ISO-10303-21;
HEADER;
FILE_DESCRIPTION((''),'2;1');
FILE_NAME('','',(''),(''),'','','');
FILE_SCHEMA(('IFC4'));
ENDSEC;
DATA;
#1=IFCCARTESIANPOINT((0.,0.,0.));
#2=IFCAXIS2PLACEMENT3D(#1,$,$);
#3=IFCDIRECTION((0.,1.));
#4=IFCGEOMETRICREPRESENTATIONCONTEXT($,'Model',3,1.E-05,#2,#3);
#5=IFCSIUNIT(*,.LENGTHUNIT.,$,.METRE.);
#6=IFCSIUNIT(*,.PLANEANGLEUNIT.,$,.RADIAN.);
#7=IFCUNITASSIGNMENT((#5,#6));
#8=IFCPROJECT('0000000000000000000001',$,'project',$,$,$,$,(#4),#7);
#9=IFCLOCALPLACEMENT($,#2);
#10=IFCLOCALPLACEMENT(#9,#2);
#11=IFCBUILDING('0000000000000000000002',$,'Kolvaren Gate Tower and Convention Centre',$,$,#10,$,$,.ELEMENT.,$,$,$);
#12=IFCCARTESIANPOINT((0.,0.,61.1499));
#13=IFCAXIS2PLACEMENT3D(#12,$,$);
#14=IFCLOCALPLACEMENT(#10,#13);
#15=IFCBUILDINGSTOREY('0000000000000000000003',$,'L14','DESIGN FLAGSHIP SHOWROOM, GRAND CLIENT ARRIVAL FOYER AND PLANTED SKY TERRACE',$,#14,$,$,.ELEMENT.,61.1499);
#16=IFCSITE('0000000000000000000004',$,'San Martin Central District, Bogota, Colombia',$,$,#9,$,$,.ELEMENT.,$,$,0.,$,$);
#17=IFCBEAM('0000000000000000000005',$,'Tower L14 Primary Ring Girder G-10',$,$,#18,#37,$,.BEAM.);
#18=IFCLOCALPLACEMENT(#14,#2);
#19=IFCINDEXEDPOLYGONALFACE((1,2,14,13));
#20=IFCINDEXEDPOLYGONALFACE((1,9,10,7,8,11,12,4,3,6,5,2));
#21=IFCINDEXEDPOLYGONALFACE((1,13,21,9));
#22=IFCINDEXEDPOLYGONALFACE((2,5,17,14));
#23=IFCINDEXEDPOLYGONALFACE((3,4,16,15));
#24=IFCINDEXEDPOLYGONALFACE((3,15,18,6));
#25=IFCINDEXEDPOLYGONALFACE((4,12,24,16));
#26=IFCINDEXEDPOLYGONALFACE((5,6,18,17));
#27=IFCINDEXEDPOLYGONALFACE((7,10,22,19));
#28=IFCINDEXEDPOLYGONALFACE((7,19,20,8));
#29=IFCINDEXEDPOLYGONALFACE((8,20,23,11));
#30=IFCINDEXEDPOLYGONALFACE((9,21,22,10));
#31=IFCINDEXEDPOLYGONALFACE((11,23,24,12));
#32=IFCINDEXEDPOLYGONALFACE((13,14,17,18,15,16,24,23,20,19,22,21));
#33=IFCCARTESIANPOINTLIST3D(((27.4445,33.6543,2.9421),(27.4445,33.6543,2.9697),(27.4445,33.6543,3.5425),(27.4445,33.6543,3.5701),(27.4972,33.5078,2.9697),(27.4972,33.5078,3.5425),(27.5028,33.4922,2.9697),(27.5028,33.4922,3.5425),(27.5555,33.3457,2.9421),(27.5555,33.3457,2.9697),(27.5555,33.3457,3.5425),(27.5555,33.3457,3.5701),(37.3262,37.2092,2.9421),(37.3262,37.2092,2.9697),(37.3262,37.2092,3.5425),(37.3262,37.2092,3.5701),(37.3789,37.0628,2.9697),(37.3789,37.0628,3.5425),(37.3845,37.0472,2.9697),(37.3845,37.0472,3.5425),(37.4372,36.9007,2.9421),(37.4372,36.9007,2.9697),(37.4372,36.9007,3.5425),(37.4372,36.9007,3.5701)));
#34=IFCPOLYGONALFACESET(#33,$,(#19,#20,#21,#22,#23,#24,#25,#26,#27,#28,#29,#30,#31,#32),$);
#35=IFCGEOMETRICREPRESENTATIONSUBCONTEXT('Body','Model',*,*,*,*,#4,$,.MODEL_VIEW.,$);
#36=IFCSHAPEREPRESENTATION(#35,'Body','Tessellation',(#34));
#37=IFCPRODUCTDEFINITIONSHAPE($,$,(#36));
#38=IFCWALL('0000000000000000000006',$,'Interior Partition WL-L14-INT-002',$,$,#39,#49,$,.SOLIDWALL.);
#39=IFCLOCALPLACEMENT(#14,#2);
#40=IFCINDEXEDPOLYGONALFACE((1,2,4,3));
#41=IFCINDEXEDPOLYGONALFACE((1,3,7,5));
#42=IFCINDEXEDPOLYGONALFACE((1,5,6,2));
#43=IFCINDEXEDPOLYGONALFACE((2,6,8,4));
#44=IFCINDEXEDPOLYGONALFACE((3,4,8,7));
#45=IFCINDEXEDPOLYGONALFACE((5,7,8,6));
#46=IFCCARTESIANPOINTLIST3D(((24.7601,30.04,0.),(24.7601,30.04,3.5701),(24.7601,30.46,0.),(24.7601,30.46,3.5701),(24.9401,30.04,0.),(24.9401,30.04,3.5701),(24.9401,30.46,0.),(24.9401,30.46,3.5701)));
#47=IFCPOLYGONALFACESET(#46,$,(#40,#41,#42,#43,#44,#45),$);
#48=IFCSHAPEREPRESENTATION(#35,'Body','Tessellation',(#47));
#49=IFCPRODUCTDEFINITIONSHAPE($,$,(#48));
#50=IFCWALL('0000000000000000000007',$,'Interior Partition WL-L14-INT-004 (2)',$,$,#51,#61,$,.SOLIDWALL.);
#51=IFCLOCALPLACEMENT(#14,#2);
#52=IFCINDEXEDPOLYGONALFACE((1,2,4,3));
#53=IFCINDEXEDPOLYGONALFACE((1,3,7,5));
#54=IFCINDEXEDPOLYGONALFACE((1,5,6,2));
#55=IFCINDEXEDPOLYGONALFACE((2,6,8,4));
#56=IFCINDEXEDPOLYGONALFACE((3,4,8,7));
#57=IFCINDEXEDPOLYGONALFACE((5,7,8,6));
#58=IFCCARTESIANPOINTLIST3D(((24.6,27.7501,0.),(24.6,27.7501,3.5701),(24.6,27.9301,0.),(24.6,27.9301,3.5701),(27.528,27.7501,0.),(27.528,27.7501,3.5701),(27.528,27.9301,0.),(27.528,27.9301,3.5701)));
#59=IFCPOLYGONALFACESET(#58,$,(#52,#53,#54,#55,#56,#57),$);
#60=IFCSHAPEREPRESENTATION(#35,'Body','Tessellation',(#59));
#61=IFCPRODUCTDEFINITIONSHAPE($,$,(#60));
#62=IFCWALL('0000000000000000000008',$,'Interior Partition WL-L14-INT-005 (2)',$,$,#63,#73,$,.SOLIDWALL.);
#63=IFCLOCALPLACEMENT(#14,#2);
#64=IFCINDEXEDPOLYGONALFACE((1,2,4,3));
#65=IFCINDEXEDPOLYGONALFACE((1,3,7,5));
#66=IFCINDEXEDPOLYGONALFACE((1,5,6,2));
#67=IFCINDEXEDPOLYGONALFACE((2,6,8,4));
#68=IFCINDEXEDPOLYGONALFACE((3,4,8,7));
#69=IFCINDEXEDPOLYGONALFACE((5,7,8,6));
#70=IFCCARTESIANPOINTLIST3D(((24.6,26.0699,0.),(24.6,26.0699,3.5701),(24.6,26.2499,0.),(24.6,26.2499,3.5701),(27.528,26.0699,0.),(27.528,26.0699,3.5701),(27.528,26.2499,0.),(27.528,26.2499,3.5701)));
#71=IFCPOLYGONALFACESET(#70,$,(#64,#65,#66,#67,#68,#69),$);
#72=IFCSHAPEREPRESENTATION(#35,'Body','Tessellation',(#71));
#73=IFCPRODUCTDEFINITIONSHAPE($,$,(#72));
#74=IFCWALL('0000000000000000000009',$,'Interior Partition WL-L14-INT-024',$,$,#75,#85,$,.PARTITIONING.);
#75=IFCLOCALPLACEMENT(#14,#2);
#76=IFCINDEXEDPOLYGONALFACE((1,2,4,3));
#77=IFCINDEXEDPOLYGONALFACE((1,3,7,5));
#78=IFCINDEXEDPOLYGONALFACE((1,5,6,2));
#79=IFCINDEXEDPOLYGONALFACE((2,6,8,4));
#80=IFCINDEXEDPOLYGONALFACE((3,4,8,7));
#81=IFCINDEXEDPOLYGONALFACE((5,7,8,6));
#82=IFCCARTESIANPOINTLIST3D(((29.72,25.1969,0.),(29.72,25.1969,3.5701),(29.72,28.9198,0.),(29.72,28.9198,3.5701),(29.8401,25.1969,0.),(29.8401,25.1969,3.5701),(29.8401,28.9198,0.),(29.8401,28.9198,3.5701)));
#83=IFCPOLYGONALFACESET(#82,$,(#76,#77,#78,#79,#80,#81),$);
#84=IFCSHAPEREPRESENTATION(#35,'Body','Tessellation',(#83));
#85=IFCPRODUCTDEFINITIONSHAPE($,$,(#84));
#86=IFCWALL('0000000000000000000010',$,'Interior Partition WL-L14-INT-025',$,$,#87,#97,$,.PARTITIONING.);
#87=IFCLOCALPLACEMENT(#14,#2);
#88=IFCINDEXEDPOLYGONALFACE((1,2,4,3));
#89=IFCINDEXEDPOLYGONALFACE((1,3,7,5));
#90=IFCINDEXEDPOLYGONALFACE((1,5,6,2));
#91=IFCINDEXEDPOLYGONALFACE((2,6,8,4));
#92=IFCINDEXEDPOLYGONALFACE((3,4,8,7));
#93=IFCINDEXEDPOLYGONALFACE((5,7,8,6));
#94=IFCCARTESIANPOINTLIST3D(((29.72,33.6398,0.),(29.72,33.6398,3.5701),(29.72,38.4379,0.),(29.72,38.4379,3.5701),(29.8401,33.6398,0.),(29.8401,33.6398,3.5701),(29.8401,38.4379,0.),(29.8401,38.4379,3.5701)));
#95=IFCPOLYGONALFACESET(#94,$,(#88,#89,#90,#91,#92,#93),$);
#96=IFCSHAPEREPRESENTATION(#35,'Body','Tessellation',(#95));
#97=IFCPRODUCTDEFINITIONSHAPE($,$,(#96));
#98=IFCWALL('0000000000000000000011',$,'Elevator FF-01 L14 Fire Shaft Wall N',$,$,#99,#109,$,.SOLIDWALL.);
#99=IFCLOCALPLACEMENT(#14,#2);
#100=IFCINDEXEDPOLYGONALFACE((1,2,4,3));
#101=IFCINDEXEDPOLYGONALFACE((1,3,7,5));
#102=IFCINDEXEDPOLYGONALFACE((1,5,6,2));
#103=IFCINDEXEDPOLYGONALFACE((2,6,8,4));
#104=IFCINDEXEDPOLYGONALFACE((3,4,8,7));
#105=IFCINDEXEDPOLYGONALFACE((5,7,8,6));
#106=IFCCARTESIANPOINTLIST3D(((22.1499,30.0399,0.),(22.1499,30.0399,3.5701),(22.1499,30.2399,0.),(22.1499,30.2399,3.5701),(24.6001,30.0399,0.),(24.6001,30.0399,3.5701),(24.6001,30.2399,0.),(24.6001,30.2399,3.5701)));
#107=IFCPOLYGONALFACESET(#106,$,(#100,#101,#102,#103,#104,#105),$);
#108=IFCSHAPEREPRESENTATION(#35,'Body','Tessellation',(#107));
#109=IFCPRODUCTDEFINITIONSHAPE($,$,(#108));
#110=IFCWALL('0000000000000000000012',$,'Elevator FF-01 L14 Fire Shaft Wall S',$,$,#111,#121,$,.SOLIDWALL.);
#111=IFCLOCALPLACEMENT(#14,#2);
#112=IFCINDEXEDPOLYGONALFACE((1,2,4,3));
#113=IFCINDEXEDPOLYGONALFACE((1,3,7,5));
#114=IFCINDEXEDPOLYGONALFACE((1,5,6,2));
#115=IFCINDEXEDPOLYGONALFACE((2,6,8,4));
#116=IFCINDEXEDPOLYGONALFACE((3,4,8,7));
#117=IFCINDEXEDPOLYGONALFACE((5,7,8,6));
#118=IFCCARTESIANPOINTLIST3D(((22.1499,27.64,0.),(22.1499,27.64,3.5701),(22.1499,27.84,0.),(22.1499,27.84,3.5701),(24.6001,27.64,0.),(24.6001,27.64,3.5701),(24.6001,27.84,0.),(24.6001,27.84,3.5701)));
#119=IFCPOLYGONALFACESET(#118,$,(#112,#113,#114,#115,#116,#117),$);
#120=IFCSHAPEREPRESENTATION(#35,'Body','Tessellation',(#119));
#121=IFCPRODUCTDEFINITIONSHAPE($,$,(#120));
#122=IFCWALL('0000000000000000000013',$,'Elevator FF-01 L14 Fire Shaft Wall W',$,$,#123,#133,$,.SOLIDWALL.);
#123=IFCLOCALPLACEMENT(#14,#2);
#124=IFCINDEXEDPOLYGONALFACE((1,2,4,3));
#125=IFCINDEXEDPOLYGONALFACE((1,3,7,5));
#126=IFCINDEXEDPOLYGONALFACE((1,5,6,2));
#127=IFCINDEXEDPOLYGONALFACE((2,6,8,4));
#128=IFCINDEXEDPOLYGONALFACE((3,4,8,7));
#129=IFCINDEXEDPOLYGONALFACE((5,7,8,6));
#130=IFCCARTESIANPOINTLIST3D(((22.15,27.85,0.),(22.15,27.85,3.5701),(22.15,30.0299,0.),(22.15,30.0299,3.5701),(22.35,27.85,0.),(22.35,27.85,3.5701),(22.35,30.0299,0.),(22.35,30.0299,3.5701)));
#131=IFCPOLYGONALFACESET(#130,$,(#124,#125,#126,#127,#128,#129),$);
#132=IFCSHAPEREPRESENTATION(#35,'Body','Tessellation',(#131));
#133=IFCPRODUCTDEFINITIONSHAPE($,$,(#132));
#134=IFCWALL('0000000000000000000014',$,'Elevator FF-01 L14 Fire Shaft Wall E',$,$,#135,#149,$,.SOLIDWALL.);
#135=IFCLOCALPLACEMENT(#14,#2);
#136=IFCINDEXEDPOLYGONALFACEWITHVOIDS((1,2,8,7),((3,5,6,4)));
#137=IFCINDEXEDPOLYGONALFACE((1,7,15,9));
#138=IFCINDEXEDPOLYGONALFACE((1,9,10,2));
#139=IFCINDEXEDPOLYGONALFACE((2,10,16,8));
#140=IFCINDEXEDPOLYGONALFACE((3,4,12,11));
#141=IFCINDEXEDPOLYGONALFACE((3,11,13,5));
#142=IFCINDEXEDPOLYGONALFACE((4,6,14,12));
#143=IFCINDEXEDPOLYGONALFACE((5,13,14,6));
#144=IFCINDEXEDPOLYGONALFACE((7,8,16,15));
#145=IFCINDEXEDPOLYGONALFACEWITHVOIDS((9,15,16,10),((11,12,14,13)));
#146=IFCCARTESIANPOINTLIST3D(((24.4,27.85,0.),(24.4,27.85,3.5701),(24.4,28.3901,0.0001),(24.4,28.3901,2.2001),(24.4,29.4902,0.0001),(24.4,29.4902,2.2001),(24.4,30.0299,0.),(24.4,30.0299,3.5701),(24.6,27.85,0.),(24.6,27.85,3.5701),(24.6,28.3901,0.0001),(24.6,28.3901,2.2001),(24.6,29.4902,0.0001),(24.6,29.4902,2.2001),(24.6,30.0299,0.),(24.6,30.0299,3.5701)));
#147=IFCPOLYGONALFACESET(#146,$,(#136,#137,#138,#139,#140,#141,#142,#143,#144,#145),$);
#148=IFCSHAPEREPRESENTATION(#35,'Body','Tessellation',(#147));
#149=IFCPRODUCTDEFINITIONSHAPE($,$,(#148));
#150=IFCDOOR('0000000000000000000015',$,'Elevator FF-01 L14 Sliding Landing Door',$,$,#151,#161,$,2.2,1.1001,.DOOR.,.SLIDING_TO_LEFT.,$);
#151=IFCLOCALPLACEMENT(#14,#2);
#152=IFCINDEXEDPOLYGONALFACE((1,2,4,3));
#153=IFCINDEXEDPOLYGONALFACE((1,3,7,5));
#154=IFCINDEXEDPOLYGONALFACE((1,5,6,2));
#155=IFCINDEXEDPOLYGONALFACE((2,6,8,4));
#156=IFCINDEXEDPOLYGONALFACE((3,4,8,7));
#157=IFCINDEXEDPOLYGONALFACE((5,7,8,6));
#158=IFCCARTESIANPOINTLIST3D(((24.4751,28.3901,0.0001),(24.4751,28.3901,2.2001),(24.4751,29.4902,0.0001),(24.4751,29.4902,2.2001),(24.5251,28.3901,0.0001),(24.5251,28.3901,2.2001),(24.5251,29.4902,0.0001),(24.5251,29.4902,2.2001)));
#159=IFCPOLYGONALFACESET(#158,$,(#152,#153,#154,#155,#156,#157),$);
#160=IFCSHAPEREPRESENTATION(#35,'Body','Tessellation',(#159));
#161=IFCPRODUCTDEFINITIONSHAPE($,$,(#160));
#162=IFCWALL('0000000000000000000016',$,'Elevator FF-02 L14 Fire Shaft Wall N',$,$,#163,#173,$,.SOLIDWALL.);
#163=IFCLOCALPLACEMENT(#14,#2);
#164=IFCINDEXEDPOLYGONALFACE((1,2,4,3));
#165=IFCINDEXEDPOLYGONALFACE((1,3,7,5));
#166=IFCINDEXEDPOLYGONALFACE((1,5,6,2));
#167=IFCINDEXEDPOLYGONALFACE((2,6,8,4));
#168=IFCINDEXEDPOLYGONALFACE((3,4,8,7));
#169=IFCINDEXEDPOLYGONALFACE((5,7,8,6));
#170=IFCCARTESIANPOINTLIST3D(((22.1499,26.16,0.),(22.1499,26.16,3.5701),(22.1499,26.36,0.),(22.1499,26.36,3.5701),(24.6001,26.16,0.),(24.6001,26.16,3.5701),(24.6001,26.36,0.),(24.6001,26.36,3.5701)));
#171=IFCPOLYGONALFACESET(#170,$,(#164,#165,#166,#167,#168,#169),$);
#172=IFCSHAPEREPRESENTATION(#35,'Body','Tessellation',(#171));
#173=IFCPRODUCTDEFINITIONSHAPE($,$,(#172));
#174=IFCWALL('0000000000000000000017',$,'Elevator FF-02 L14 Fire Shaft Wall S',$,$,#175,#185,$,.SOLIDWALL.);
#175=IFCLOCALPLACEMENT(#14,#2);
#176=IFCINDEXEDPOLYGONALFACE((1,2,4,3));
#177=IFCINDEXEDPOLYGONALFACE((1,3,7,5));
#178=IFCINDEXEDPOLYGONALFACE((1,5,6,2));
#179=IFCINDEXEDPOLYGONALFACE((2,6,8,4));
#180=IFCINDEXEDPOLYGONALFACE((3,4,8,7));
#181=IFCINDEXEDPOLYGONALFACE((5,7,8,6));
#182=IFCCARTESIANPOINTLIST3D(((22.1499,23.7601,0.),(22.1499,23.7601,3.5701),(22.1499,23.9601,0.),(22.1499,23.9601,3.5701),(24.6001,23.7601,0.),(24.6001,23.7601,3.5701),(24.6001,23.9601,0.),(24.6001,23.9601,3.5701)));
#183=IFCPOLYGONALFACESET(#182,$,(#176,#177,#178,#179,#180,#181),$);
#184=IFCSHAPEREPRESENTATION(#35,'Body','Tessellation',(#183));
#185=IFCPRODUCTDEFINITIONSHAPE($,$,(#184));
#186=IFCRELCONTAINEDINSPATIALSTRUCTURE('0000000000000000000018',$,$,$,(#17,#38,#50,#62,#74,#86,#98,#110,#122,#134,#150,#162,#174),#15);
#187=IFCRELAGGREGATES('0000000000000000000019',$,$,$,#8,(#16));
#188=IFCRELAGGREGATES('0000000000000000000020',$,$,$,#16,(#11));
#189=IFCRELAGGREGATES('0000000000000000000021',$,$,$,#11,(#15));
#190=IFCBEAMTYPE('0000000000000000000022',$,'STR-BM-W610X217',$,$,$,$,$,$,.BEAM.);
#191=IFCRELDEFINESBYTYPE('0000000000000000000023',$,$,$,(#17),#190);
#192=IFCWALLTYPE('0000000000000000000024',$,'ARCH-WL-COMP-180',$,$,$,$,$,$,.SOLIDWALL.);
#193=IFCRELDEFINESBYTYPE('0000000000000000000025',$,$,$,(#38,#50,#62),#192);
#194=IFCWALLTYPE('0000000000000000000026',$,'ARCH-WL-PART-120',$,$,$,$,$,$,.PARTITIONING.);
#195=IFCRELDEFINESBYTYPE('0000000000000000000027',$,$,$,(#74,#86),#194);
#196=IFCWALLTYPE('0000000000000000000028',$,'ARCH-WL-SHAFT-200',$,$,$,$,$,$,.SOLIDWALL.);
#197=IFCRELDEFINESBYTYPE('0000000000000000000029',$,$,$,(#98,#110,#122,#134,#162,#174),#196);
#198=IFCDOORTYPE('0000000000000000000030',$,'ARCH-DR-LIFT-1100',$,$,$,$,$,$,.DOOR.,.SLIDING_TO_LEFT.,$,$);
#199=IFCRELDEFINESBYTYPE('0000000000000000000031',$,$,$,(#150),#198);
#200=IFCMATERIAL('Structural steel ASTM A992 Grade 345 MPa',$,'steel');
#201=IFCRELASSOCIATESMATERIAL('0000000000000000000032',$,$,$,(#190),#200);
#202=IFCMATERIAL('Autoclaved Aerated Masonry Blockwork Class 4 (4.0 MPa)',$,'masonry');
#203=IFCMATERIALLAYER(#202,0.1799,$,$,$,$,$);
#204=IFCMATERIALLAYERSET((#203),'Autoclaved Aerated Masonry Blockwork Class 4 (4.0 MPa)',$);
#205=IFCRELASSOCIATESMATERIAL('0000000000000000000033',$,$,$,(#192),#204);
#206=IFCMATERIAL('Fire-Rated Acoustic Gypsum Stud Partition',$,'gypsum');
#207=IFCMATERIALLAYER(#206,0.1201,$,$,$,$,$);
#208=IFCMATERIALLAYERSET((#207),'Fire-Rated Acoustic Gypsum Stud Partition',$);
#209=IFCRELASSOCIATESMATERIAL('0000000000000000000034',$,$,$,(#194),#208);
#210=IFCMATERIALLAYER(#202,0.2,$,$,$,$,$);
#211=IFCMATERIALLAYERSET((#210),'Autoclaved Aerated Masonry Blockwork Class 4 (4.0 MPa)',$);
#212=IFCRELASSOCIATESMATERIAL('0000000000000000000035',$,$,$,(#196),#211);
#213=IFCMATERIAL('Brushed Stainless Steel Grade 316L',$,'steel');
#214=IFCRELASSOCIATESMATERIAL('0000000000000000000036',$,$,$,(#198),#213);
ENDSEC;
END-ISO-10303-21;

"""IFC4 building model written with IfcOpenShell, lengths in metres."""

from ifc_helpers import new_model, si_unit, direction, frame, frame_2d, origin, origin_2d, place, context, subcontext, project, spatial, rectangle, i_section, extrude, material, layer, layer_set, material_profile, profile_set, type_object, element, fill, save


model = new_model("IFC4")

# Units and contexts
model_context = context("Model", 3, precision=1e-05, world=origin(), true_north=direction((0.0, 1.0)))
body_context = subcontext(model_context, "Body", "Model", "MODEL_VIEW")
ifc_project = project(units=[si_unit("LENGTHUNIT", "METRE"), si_unit("PLANEANGLEUNIT", "RADIAN")], contexts=[model_context])

# Site, building, storey
site_placement = place(None, origin())
site = spatial("IfcSite", under=ifc_project, at=site_placement, Name="San Martin Central District, Bogota, Colombia", CompositionType="ELEMENT", RefElevation=0.0)
building_placement = place(site_placement, origin())
building = spatial("IfcBuilding", under=site, at=building_placement, Name="Kolvaren Gate Tower and Convention Centre", CompositionType="ELEMENT")
storey_placement = place(building_placement, frame((0.0, 0.0, 61.1499)))
storey = spatial("IfcBuildingStorey", under=building, at=storey_placement, Name="L14", Description="DESIGN FLAGSHIP SHOWROOM, GRAND CLIENT ARRIVAL FOYER AND PLANTED SKY TERRACE", CompositionType="ELEMENT", Elevation=61.1499)

# Beam
ifc_material_1 = material(Name="Structural steel ASTM A992 Grade 345 MPa", Category="steel")
ifc_material_profile = material_profile(ifc_material_1, i_section(OverallWidth=0.3279, OverallDepth=0.6279, WebThickness=0.0166, FlangeThickness=0.0276, at=origin_2d()), Name="W610X217")
ifc_profile_set = profile_set([ifc_material_profile], Name="Structural steel ASTM A992 Grade 345 MPa")
beam_type = type_object("IfcBeamType", Name="STR-BM-W610X217", PredefinedType="BEAM", material=ifc_profile_set)
beam_placement = place(storey_placement, frame((27.5, 33.5, 3.2561), z_axis=(0.940961, 0.338514, 0.0), x_axis=(-0.338514, 0.940961, 0.0)))
element("IfcBeam", 1, at=beam_placement, inside=storey, type_object=beam_type, Name="Tower L14 Primary Ring Girder G-10", PredefinedType="BEAM", context=body_context, shape_type="SweptSolid", body=[
    extrude(i_section(OverallWidth=0.3279, OverallDepth=0.6279, WebThickness=0.0166, FlangeThickness=0.0276, at=origin_2d()), origin(), (0.0, 0.0, 1.0), 10.5017),
])

# Walls
ifc_material_2 = material(Name="Autoclaved Aerated Masonry Blockwork Class 4 (4.0 MPa)", Category="masonry")
ifc_layer_1 = layer(ifc_material_2, 0.1799)
ifc_layer_set_1 = layer_set([ifc_layer_1], Name="Autoclaved Aerated Masonry Blockwork Class 4 (4.0 MPa)")
wall_type_1 = type_object("IfcWallType", Name="ARCH-WL-COMP-180", PredefinedType="SOLIDWALL", material=ifc_layer_set_1)
wall_1_placement = place(storey_placement, frame((24.8501, 30.04, 0.0), z_axis=(0.0, 0.0, 1.0), x_axis=(0.0, 1.0, 0.0)))
element("IfcWall", 2, at=wall_1_placement, inside=storey, type_object=wall_type_1, Name="Interior Partition WL-L14-INT-002", PredefinedType="SOLIDWALL", context=body_context, shape_type="SweptSolid", body=[
    extrude(rectangle(XDim=0.4199, YDim=0.1799, at=frame_2d((0.21, 0.0))), origin(), (0.0, 0.0, 1.0), 3.5701),
])
for number, where, z_axis, x_axis, name in (
    (3, (24.6001, 27.8401, 0.0), (0.0, 0.0, 1.0), (1.0, 0.0, 0.0), "Interior Partition WL-L14-INT-004 (2)"),
    (4, (24.6001, 26.1599, 0.0), (0.0, 0.0, 1.0), (1.0, 0.0, 0.0), "Interior Partition WL-L14-INT-005 (2)"),
):
    element("IfcWall", number, at=place(storey_placement, frame(where, z_axis=z_axis, x_axis=x_axis)), inside=storey, type_object=wall_type_1, Name=name, PredefinedType="SOLIDWALL", context=body_context, shape_type="SweptSolid", body=[
        extrude(rectangle(XDim=2.928, YDim=0.1799, at=frame_2d((1.4639, 0.0))), origin(), (0.0, 0.0, 1.0), 3.5701),
    ])
ifc_material_3 = material(Name="Fire-Rated Acoustic Gypsum Stud Partition", Category="gypsum")
ifc_layer_2 = layer(ifc_material_3, 0.1201)
ifc_layer_set_2 = layer_set([ifc_layer_2], Name="Fire-Rated Acoustic Gypsum Stud Partition")
wall_type_2 = type_object("IfcWallType", Name="ARCH-WL-PART-120", PredefinedType="PARTITIONING", material=ifc_layer_set_2)
wall_2_placement = place(storey_placement, frame((29.78, 25.197, 0.0), z_axis=(0.0, 0.0, 1.0), x_axis=(0.0, 1.0, 0.0)))
element("IfcWall", 5, at=wall_2_placement, inside=storey, type_object=wall_type_2, Name="Interior Partition WL-L14-INT-024", PredefinedType="PARTITIONING", context=body_context, shape_type="SweptSolid", body=[
    extrude(rectangle(XDim=3.7229, YDim=0.1201, at=frame_2d((1.8613, 0.0))), origin(), (0.0, 0.0, 1.0), 3.5701),
])
wall_3_placement = place(storey_placement, frame((29.78, 33.6399, 0.0), z_axis=(0.0, 0.0, 1.0), x_axis=(0.0, 1.0, 0.0)))
element("IfcWall", 6, at=wall_3_placement, inside=storey, type_object=wall_type_2, Name="Interior Partition WL-L14-INT-025", PredefinedType="PARTITIONING", context=body_context, shape_type="SweptSolid", body=[
    extrude(rectangle(XDim=4.7981, YDim=0.1201, at=frame_2d((2.3989, 0.0))), origin(), (0.0, 0.0, 1.0), 3.5701),
])
ifc_layer_3 = layer(ifc_material_2, 0.2)
ifc_layer_set_3 = layer_set([ifc_layer_3], Name="Autoclaved Aerated Masonry Blockwork Class 4 (4.0 MPa)")
wall_type_3 = type_object("IfcWallType", Name="ARCH-WL-SHAFT-200", PredefinedType="SOLIDWALL", material=ifc_layer_set_3)
for number, where, z_axis, x_axis, name in (
    (7, (22.1499, 30.1399, 0.0), (0.0, 0.0, 1.0), (1.0, 0.0, 0.0), "Elevator FF-01 L14 Fire Shaft Wall N"),
    (8, (22.1499, 27.74, 0.0), (0.0, 0.0, 1.0), (1.0, 0.0, 0.0), "Elevator FF-01 L14 Fire Shaft Wall S"),
):
    element("IfcWall", number, at=place(storey_placement, frame(where, z_axis=z_axis, x_axis=x_axis)), inside=storey, type_object=wall_type_3, Name=name, PredefinedType="SOLIDWALL", context=body_context, shape_type="SweptSolid", body=[
        extrude(rectangle(XDim=2.4502, YDim=0.2, at=frame_2d((1.2251, 0.0))), origin(), (0.0, 0.0, 1.0), 3.5701),
    ])
wall_4_placement = place(storey_placement, frame((22.25, 27.8501, 0.0), z_axis=(0.0, 0.0, 1.0), x_axis=(0.0, 1.0, 0.0)))
element("IfcWall", 9, at=wall_4_placement, inside=storey, type_object=wall_type_3, Name="Elevator FF-01 L14 Fire Shaft Wall W", PredefinedType="SOLIDWALL", context=body_context, shape_type="SweptSolid", body=[
    extrude(rectangle(XDim=2.1799, YDim=0.2, at=frame_2d((1.0898, 0.0))), origin(), (0.0, 0.0, 1.0), 3.5701),
])

# Wall, opening, door
wall_5_placement = place(storey_placement, frame((24.5, 27.8501, 0.0), z_axis=(0.0, 0.0, 1.0), x_axis=(0.0, 1.0, 0.0)))
wall_5 = element("IfcWall", 10, at=wall_5_placement, inside=storey, type_object=wall_type_3, Name="Elevator FF-01 L14 Fire Shaft Wall E", PredefinedType="SOLIDWALL", context=body_context, shape_type="SweptSolid", body=[
    extrude(rectangle(XDim=2.1799, YDim=0.2, at=frame_2d((1.0898, 0.0))), origin(), (0.0, 0.0, 1.0), 3.5701),
])
opening_1_placement = place(wall_5_placement, frame((0.54, 0.0, 0.0)))
opening_1 = element("IfcOpeningElement", 11, at=opening_1_placement, cuts=wall_5, PredefinedType="OPENING", context=body_context, shape_type="SweptSolid", body=[
    extrude(rectangle(XDim=1.1001, YDim=2.2, at=frame_2d((0.55, 1.1001))), frame((0.0, 0.1099, 0.0), z_axis=(0.0, -1.0, 0.0), x_axis=(1.0, 0.0, 0.0)), (0.0, 0.0, 1.0), 0.22),
])
ifc_material_4 = material(Name="Brushed Stainless Steel Grade 316L", Category="steel")
door_type_1 = type_object("IfcDoorType", Name="ARCH-DR-LIFT-1100", OperationType="SLIDING_TO_LEFT", PredefinedType="DOOR", material=ifc_material_4)
door_1_placement = place(opening_1_placement, origin())
door_1 = element("IfcDoor", 12, at=door_1_placement, inside=storey, type_object=door_type_1, Name="Elevator FF-01 L14 Sliding Landing Door", OperationType="SLIDING_TO_LEFT", OverallHeight=2.2, OverallWidth=1.1001, PredefinedType="DOOR", context=body_context, shape_type="SweptSolid", body=[
    extrude(rectangle(XDim=1.1001, YDim=2.2, at=frame_2d((0.55, 1.1001))), frame((0.0, 0.0249, 0.0), z_axis=(0.0, -1.0, 0.0), x_axis=(1.0, 0.0, 0.0)), (0.0, 0.0, 1.0), 0.05),
])
fill(opening_1, door_1)

# Walls
for number, where, z_axis, x_axis, name in (
    (13, (22.1499, 26.26, 0.0), (0.0, 0.0, 1.0), (1.0, 0.0, 0.0), "Elevator FF-02 L14 Fire Shaft Wall N"),
    (14, (22.1499, 23.8601, 0.0), (0.0, 0.0, 1.0), (1.0, 0.0, 0.0), "Elevator FF-02 L14 Fire Shaft Wall S"),
):
    element("IfcWall", number, at=place(storey_placement, frame(where, z_axis=z_axis, x_axis=x_axis)), inside=storey, type_object=wall_type_3, Name=name, PredefinedType="SOLIDWALL", context=body_context, shape_type="SweptSolid", body=[
        extrude(rectangle(XDim=2.4502, YDim=0.2, at=frame_2d((1.2251, 0.0))), origin(), (0.0, 0.0, 1.0), 3.5701),
    ])

save(model, "model.ifc")
